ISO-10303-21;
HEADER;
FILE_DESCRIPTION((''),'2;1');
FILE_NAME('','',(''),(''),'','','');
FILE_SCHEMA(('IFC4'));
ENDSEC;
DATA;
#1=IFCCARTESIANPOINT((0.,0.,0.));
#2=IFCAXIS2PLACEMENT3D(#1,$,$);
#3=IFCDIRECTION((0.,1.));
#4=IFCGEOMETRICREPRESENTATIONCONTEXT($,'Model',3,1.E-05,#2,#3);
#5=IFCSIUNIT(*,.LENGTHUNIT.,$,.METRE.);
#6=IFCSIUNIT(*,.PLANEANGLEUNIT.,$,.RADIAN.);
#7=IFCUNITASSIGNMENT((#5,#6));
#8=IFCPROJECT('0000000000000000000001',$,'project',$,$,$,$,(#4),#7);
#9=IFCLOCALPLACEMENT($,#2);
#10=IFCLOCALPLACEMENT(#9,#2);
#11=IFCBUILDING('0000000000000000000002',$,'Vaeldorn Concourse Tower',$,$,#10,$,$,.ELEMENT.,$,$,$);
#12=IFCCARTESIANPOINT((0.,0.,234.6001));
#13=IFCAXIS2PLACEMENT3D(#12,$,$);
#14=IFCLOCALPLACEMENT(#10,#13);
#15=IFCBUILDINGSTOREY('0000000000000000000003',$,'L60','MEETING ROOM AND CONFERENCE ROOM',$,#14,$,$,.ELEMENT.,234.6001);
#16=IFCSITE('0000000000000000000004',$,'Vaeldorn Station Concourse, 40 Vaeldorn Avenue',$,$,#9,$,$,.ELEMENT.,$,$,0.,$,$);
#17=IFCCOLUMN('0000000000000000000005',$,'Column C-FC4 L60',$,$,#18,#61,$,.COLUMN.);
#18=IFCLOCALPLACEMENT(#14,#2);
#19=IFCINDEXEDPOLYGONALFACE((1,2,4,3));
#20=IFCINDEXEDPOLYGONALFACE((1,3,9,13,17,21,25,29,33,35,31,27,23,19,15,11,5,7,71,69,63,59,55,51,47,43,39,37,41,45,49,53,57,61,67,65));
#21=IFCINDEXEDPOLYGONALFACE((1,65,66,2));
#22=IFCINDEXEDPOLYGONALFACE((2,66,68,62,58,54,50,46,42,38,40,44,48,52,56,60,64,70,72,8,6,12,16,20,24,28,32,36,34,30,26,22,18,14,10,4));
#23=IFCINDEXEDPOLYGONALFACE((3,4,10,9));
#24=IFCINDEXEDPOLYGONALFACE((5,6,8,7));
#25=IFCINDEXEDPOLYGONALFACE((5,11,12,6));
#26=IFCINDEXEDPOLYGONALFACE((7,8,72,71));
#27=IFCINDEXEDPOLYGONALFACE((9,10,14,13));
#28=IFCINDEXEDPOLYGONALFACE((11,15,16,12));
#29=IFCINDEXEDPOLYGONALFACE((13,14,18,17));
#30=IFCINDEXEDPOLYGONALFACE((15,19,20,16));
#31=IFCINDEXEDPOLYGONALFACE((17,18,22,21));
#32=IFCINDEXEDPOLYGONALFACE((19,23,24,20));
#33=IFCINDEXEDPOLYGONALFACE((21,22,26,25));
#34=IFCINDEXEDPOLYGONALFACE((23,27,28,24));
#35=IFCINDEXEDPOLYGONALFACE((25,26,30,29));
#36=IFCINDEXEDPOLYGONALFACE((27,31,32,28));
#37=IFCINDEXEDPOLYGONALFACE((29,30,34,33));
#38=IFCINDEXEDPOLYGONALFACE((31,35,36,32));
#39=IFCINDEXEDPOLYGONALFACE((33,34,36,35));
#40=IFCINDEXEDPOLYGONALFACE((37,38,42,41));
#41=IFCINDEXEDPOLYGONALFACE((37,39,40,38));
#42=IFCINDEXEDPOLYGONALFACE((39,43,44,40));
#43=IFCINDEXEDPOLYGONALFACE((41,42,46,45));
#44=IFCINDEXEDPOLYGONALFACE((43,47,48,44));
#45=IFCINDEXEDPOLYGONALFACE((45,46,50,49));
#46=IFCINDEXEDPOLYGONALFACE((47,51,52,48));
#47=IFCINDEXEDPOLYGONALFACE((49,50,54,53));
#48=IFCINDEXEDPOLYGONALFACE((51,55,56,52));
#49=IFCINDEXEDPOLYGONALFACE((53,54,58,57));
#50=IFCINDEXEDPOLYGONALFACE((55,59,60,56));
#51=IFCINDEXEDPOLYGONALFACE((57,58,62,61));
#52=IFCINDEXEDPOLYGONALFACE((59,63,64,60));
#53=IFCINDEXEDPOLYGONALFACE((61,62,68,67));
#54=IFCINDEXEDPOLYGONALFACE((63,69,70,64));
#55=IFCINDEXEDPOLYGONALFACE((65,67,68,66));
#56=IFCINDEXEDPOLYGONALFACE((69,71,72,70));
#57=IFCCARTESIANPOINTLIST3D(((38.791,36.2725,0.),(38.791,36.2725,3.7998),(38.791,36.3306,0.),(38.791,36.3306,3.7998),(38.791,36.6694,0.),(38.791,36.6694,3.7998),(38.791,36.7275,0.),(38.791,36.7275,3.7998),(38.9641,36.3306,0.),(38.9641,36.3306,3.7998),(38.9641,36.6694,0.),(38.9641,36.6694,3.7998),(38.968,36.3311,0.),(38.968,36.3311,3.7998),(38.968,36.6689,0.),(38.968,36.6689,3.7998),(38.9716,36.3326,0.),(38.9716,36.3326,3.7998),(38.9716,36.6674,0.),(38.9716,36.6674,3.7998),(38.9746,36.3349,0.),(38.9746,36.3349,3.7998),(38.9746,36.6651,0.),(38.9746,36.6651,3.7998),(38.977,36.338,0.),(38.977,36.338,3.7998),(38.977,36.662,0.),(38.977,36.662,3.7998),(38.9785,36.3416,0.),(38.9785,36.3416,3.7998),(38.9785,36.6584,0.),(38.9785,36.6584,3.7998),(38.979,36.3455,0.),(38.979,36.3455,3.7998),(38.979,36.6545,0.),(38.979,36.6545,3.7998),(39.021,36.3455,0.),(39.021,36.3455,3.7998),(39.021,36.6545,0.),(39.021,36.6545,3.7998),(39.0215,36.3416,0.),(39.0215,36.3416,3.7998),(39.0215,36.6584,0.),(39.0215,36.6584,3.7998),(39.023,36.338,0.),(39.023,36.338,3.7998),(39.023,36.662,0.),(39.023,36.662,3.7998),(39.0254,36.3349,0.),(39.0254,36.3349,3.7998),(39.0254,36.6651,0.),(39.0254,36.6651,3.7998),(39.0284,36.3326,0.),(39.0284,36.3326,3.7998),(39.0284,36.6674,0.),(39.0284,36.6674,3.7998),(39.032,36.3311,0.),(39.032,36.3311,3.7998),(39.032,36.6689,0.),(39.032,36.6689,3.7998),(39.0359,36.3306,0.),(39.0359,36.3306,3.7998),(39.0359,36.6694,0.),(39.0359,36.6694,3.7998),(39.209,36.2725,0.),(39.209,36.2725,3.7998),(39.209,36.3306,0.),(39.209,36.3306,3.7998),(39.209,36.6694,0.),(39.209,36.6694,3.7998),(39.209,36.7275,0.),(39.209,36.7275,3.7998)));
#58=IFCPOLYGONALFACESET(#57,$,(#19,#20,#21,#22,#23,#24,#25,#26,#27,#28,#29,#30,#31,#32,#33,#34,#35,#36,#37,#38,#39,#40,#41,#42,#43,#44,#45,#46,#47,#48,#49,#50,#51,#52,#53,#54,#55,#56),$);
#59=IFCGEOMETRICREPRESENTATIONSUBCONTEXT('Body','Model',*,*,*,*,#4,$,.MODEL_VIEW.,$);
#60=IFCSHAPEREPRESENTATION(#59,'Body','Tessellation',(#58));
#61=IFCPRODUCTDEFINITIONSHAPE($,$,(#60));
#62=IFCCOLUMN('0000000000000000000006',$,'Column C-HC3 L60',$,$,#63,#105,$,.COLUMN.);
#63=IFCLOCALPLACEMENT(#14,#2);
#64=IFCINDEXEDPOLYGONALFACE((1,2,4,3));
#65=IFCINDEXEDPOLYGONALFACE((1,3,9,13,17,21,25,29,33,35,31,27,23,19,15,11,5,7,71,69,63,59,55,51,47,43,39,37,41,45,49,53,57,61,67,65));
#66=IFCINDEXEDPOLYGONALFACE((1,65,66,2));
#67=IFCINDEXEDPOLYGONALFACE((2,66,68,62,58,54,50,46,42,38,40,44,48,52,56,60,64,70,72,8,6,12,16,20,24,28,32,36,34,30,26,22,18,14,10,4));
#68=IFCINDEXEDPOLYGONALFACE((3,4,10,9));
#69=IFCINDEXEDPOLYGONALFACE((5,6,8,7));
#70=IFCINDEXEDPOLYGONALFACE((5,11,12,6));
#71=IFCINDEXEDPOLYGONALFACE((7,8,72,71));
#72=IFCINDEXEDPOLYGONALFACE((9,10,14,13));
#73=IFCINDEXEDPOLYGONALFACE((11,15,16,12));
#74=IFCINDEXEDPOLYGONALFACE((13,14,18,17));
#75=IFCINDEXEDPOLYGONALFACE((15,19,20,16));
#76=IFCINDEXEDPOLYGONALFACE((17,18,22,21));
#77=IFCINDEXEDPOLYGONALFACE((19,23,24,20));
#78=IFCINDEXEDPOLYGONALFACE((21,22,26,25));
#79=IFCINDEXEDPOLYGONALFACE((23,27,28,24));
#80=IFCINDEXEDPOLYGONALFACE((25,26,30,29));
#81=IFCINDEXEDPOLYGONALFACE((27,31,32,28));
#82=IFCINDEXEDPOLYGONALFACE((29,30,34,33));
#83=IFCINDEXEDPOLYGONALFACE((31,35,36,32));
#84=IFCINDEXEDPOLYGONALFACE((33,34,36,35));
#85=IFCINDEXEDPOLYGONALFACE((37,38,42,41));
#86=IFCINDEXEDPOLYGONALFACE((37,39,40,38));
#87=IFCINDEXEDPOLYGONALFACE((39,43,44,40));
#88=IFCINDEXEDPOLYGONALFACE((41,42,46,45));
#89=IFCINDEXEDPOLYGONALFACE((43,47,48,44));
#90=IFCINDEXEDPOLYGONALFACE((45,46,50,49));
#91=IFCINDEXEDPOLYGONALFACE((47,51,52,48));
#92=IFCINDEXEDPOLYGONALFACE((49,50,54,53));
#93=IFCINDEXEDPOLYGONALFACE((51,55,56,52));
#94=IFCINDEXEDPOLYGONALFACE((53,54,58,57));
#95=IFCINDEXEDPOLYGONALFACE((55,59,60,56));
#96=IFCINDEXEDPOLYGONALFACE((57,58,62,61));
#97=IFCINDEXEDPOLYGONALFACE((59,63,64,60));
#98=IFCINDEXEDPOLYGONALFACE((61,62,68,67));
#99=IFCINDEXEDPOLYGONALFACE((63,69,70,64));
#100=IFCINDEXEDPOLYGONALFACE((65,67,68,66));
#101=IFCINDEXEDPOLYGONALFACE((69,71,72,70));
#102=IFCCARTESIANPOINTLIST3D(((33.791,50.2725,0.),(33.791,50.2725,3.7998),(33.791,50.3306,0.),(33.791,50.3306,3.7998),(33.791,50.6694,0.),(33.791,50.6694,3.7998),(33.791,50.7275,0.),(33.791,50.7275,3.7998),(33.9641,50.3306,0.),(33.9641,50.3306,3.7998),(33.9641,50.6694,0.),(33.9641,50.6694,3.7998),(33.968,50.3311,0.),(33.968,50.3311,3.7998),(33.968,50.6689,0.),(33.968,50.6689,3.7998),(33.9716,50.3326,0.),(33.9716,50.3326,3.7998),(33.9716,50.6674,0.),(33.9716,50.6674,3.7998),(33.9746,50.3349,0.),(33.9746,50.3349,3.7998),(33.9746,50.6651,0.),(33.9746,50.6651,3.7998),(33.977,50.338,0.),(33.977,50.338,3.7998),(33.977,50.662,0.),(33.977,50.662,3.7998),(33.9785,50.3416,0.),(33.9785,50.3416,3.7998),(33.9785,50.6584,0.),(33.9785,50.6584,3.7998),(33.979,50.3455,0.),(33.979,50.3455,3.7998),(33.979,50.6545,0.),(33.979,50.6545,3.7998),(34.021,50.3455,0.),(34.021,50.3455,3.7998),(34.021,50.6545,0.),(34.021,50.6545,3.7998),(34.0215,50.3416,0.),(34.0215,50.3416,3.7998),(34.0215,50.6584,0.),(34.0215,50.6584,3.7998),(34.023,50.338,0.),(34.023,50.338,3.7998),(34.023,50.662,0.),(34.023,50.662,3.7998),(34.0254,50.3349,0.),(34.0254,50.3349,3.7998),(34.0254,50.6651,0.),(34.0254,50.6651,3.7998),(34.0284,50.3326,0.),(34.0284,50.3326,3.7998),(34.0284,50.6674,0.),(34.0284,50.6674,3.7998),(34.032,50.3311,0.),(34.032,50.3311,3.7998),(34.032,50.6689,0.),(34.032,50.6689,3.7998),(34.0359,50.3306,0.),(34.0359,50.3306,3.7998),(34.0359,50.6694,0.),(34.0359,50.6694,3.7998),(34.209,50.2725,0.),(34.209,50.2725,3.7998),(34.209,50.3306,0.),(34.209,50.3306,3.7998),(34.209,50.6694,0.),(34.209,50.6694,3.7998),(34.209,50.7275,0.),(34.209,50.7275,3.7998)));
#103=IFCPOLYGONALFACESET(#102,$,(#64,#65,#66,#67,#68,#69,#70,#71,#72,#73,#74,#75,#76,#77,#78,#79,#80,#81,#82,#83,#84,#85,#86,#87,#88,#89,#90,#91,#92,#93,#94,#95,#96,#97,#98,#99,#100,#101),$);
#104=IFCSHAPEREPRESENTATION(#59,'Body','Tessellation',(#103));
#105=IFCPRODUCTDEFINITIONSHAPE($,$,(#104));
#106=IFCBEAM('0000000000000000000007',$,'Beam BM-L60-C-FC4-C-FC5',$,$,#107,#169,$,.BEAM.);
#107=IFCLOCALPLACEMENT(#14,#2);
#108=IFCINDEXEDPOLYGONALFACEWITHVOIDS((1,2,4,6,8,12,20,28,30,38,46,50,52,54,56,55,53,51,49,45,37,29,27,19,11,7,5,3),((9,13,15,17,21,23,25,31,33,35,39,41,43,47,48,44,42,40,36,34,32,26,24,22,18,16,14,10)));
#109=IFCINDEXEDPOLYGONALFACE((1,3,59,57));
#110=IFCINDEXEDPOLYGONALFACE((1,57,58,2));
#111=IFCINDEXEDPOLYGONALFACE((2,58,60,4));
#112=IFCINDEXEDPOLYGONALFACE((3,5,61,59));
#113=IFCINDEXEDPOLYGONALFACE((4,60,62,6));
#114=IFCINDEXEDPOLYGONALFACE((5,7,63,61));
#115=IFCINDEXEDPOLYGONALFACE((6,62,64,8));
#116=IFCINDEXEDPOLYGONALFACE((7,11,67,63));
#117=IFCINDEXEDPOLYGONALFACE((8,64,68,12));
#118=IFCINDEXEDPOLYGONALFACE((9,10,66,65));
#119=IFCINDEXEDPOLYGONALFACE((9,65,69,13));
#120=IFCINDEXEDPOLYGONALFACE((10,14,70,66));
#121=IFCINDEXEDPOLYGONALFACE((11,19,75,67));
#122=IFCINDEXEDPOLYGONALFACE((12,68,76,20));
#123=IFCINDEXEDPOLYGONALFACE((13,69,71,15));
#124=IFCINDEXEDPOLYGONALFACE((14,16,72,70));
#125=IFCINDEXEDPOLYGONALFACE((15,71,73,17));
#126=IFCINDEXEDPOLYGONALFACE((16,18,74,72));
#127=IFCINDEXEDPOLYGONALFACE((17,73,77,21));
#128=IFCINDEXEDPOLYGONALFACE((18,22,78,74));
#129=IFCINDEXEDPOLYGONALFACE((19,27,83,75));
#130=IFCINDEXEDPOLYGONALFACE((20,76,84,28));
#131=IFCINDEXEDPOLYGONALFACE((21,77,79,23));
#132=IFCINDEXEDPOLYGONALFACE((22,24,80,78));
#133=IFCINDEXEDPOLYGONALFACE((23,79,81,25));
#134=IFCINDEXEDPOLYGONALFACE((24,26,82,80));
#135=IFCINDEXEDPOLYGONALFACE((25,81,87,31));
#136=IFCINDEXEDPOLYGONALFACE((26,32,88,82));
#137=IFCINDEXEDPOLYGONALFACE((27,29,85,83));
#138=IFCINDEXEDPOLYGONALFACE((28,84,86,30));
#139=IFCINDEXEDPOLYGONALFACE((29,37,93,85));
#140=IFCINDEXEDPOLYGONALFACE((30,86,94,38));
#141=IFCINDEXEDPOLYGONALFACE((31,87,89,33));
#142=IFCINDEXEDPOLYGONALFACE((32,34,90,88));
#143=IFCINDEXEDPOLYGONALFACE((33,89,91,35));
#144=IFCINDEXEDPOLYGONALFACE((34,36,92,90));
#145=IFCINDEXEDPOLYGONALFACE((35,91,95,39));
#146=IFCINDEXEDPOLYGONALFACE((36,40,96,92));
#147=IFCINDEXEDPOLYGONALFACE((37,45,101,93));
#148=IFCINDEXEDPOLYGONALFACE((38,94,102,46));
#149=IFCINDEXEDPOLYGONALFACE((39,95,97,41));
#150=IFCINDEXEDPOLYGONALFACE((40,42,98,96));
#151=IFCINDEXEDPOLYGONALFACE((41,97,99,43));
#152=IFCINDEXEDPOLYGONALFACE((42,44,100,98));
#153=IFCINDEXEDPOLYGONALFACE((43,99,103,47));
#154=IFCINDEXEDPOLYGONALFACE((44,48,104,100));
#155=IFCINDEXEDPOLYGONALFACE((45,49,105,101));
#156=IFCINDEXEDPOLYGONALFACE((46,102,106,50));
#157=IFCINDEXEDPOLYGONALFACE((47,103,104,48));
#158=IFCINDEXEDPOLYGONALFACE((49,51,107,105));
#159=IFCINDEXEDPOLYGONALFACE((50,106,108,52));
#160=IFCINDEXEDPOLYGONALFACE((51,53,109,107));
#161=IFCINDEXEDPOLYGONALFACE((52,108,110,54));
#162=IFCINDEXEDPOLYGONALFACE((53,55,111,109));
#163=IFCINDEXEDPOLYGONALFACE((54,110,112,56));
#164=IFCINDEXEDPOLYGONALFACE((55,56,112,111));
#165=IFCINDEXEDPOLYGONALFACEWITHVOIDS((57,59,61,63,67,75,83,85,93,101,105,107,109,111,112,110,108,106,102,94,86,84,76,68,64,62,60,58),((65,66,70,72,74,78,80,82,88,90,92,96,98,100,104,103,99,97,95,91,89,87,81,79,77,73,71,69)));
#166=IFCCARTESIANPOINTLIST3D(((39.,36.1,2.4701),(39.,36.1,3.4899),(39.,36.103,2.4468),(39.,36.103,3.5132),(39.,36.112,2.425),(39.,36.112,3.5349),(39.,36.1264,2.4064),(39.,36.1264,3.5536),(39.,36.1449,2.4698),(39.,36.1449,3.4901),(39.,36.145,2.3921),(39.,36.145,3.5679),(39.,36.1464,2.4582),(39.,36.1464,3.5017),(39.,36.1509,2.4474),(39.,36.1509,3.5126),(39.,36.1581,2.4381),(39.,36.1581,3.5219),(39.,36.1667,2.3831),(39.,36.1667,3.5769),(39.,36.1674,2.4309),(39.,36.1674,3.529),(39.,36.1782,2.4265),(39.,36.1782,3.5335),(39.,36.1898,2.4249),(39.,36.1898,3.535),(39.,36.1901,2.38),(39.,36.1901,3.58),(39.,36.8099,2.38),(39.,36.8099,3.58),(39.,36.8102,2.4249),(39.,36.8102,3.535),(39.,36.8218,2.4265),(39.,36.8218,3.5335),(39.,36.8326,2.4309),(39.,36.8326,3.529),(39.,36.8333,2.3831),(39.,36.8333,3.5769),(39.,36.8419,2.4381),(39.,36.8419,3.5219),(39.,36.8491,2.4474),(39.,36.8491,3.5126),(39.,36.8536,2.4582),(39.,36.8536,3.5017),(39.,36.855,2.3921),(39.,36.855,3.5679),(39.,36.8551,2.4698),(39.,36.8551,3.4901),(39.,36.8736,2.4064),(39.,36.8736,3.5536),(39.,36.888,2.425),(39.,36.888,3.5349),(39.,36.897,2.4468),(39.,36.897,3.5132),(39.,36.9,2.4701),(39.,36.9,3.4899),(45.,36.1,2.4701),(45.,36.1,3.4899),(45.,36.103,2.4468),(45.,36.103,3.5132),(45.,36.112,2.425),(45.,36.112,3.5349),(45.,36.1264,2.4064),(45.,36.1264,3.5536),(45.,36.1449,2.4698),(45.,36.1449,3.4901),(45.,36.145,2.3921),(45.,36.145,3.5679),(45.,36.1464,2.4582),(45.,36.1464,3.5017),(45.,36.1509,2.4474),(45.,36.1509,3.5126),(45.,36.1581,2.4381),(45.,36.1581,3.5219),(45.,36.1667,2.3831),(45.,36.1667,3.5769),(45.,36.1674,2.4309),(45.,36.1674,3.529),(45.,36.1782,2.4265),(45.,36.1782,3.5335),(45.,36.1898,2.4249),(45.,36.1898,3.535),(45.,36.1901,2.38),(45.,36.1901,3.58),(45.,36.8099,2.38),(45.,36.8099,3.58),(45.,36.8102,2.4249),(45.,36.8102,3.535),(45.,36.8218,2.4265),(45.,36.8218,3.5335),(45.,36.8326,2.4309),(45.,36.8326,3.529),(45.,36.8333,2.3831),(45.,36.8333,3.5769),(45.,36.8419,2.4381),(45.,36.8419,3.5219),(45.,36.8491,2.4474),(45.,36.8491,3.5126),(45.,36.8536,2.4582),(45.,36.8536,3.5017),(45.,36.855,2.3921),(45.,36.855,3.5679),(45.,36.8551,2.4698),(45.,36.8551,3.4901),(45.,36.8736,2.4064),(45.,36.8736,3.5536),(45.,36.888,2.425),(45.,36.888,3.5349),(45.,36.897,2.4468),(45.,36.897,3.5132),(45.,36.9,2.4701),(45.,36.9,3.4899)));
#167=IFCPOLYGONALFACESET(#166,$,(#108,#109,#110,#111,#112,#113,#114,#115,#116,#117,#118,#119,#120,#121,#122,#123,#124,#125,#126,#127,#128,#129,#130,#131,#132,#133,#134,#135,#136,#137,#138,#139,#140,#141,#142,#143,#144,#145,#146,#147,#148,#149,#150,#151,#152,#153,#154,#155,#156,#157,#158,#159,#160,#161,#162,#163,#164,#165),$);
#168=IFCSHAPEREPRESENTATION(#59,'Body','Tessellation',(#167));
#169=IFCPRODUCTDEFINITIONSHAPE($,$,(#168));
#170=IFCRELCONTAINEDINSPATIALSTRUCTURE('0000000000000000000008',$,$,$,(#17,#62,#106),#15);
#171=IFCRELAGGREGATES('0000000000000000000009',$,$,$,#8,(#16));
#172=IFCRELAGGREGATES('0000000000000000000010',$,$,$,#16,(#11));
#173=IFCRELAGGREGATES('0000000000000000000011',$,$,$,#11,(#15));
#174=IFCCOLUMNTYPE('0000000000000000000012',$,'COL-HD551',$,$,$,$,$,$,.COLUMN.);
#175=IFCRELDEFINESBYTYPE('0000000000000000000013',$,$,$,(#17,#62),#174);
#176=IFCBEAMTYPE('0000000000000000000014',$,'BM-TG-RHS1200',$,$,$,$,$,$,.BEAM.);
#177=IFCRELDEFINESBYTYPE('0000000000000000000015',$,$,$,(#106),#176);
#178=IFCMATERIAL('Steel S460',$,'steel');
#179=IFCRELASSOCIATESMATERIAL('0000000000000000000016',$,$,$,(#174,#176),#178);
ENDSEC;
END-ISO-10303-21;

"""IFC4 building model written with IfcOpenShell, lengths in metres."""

from ifc_helpers import new_model, si_unit, direction, frame, origin, origin_2d, place, context, subcontext, project, spatial, hollow_rectangle, i_section, extrude, source, transform, mapped, material, material_profile, profile_set, type_object, element, save


model = new_model("IFC4")

# Units and contexts
model_context = context("Model", 3, precision=1e-05, world=origin(), true_north=direction((0.0, 1.0)))
body_context = subcontext(model_context, "Body", "Model", "MODEL_VIEW")
ifc_project = project(units=[si_unit("LENGTHUNIT", "METRE"), si_unit("PLANEANGLEUNIT", "RADIAN")], contexts=[model_context])

# Site, building, storey
site_placement = place(None, origin())
site = spatial("IfcSite", under=ifc_project, at=site_placement, Name="Vaeldorn Station Concourse, 40 Vaeldorn Avenue", CompositionType="ELEMENT", RefElevation=0.0)
building_placement = place(site_placement, origin())
building = spatial("IfcBuilding", under=site, at=building_placement, Name="Vaeldorn Concourse Tower", CompositionType="ELEMENT")
storey_placement = place(building_placement, frame((0.0, 0.0, 234.6001)))
storey = spatial("IfcBuildingStorey", under=building, at=storey_placement, Name="L60", Description="MEETING ROOM AND CONFERENCE ROOM", CompositionType="ELEMENT", Elevation=234.6001)

# Columns
ifc_material_1 = material(Name="Steel S460", Category="steel")
ifc_material_profile_1 = material_profile(ifc_material_1, i_section(OverallWidth=0.418, OverallDepth=0.4551, WebThickness=0.042, FlangeThickness=0.0581, FilletRadius=0.0149, at=origin_2d()), Name="HD 400x551")
ifc_profile_set_1 = profile_set([ifc_material_profile_1], Name="Steel S460")
column_type = type_object("IfcColumnType", Name="COL-HD551", PredefinedType="COLUMN", material=ifc_profile_set_1)
shared_shape_1 = source(origin(), body_context, "Body", "SweptSolid", [
    extrude(i_section(OverallWidth=0.418, OverallDepth=0.4551, WebThickness=0.042, FlangeThickness=0.0581, FilletRadius=0.0149, at=origin_2d()), origin(), (0.0, 0.0, 1.0), 3.7998),
])
for number, where, z_axis, x_axis, name in (
    (1, (39.0, 36.5, 0.0), (0.0, 0.0, 1.0), (1.0, 0.0, 0.0), "Column C-FC4 L60"),
    (2, (34.0, 50.5, 0.0), (0.0, 0.0, 1.0), (1.0, 0.0, 0.0), "Column C-HC3 L60"),
):
    element("IfcColumn", number, at=place(storey_placement, frame(where, z_axis=z_axis, x_axis=x_axis)), inside=storey, type_object=column_type, Name=name, PredefinedType="COLUMN", context=body_context, shape_type="MappedRepresentation", body=[
        mapped(shared_shape_1, transform((0.0, 0.0, 0.0), scale=1.0)),
    ])

# Beam
ifc_material_profile_2 = material_profile(ifc_material_1, hollow_rectangle(XDim=0.8, YDim=1.2, WallThickness=0.0449, InnerFilletRadius=0.0449, OuterFilletRadius=0.0901, at=origin_2d()), Name="RHS 1200x800x45")
ifc_profile_set_2 = profile_set([ifc_material_profile_2], Name="Steel S460")
beam_type_1 = type_object("IfcBeamType", Name="BM-TG-RHS1200", PredefinedType="BEAM", material=ifc_profile_set_2)
shared_shape_2 = source(origin(), body_context, "Body", "SweptSolid", [
    extrude(hollow_rectangle(XDim=0.8, YDim=1.2, WallThickness=0.0449, InnerFilletRadius=0.0449, OuterFilletRadius=0.0901, at=origin_2d()), origin(), (0.0, 0.0, 1.0), 6.0),
])
beam_1_placement = place(storey_placement, frame((39.0, 36.5, 2.98), z_axis=(1.0, 0.0, 0.0), x_axis=(0.0, 1.0, 0.0)))
element("IfcBeam", 3, at=beam_1_placement, inside=storey, type_object=beam_type_1, Name="Beam BM-L60-C-FC4-C-FC5", PredefinedType="BEAM", context=body_context, shape_type="MappedRepresentation", body=[
    mapped(shared_shape_2, transform((0.0, 0.0, 0.0), scale=1.0)),
])

save(model, "model.ifc")
